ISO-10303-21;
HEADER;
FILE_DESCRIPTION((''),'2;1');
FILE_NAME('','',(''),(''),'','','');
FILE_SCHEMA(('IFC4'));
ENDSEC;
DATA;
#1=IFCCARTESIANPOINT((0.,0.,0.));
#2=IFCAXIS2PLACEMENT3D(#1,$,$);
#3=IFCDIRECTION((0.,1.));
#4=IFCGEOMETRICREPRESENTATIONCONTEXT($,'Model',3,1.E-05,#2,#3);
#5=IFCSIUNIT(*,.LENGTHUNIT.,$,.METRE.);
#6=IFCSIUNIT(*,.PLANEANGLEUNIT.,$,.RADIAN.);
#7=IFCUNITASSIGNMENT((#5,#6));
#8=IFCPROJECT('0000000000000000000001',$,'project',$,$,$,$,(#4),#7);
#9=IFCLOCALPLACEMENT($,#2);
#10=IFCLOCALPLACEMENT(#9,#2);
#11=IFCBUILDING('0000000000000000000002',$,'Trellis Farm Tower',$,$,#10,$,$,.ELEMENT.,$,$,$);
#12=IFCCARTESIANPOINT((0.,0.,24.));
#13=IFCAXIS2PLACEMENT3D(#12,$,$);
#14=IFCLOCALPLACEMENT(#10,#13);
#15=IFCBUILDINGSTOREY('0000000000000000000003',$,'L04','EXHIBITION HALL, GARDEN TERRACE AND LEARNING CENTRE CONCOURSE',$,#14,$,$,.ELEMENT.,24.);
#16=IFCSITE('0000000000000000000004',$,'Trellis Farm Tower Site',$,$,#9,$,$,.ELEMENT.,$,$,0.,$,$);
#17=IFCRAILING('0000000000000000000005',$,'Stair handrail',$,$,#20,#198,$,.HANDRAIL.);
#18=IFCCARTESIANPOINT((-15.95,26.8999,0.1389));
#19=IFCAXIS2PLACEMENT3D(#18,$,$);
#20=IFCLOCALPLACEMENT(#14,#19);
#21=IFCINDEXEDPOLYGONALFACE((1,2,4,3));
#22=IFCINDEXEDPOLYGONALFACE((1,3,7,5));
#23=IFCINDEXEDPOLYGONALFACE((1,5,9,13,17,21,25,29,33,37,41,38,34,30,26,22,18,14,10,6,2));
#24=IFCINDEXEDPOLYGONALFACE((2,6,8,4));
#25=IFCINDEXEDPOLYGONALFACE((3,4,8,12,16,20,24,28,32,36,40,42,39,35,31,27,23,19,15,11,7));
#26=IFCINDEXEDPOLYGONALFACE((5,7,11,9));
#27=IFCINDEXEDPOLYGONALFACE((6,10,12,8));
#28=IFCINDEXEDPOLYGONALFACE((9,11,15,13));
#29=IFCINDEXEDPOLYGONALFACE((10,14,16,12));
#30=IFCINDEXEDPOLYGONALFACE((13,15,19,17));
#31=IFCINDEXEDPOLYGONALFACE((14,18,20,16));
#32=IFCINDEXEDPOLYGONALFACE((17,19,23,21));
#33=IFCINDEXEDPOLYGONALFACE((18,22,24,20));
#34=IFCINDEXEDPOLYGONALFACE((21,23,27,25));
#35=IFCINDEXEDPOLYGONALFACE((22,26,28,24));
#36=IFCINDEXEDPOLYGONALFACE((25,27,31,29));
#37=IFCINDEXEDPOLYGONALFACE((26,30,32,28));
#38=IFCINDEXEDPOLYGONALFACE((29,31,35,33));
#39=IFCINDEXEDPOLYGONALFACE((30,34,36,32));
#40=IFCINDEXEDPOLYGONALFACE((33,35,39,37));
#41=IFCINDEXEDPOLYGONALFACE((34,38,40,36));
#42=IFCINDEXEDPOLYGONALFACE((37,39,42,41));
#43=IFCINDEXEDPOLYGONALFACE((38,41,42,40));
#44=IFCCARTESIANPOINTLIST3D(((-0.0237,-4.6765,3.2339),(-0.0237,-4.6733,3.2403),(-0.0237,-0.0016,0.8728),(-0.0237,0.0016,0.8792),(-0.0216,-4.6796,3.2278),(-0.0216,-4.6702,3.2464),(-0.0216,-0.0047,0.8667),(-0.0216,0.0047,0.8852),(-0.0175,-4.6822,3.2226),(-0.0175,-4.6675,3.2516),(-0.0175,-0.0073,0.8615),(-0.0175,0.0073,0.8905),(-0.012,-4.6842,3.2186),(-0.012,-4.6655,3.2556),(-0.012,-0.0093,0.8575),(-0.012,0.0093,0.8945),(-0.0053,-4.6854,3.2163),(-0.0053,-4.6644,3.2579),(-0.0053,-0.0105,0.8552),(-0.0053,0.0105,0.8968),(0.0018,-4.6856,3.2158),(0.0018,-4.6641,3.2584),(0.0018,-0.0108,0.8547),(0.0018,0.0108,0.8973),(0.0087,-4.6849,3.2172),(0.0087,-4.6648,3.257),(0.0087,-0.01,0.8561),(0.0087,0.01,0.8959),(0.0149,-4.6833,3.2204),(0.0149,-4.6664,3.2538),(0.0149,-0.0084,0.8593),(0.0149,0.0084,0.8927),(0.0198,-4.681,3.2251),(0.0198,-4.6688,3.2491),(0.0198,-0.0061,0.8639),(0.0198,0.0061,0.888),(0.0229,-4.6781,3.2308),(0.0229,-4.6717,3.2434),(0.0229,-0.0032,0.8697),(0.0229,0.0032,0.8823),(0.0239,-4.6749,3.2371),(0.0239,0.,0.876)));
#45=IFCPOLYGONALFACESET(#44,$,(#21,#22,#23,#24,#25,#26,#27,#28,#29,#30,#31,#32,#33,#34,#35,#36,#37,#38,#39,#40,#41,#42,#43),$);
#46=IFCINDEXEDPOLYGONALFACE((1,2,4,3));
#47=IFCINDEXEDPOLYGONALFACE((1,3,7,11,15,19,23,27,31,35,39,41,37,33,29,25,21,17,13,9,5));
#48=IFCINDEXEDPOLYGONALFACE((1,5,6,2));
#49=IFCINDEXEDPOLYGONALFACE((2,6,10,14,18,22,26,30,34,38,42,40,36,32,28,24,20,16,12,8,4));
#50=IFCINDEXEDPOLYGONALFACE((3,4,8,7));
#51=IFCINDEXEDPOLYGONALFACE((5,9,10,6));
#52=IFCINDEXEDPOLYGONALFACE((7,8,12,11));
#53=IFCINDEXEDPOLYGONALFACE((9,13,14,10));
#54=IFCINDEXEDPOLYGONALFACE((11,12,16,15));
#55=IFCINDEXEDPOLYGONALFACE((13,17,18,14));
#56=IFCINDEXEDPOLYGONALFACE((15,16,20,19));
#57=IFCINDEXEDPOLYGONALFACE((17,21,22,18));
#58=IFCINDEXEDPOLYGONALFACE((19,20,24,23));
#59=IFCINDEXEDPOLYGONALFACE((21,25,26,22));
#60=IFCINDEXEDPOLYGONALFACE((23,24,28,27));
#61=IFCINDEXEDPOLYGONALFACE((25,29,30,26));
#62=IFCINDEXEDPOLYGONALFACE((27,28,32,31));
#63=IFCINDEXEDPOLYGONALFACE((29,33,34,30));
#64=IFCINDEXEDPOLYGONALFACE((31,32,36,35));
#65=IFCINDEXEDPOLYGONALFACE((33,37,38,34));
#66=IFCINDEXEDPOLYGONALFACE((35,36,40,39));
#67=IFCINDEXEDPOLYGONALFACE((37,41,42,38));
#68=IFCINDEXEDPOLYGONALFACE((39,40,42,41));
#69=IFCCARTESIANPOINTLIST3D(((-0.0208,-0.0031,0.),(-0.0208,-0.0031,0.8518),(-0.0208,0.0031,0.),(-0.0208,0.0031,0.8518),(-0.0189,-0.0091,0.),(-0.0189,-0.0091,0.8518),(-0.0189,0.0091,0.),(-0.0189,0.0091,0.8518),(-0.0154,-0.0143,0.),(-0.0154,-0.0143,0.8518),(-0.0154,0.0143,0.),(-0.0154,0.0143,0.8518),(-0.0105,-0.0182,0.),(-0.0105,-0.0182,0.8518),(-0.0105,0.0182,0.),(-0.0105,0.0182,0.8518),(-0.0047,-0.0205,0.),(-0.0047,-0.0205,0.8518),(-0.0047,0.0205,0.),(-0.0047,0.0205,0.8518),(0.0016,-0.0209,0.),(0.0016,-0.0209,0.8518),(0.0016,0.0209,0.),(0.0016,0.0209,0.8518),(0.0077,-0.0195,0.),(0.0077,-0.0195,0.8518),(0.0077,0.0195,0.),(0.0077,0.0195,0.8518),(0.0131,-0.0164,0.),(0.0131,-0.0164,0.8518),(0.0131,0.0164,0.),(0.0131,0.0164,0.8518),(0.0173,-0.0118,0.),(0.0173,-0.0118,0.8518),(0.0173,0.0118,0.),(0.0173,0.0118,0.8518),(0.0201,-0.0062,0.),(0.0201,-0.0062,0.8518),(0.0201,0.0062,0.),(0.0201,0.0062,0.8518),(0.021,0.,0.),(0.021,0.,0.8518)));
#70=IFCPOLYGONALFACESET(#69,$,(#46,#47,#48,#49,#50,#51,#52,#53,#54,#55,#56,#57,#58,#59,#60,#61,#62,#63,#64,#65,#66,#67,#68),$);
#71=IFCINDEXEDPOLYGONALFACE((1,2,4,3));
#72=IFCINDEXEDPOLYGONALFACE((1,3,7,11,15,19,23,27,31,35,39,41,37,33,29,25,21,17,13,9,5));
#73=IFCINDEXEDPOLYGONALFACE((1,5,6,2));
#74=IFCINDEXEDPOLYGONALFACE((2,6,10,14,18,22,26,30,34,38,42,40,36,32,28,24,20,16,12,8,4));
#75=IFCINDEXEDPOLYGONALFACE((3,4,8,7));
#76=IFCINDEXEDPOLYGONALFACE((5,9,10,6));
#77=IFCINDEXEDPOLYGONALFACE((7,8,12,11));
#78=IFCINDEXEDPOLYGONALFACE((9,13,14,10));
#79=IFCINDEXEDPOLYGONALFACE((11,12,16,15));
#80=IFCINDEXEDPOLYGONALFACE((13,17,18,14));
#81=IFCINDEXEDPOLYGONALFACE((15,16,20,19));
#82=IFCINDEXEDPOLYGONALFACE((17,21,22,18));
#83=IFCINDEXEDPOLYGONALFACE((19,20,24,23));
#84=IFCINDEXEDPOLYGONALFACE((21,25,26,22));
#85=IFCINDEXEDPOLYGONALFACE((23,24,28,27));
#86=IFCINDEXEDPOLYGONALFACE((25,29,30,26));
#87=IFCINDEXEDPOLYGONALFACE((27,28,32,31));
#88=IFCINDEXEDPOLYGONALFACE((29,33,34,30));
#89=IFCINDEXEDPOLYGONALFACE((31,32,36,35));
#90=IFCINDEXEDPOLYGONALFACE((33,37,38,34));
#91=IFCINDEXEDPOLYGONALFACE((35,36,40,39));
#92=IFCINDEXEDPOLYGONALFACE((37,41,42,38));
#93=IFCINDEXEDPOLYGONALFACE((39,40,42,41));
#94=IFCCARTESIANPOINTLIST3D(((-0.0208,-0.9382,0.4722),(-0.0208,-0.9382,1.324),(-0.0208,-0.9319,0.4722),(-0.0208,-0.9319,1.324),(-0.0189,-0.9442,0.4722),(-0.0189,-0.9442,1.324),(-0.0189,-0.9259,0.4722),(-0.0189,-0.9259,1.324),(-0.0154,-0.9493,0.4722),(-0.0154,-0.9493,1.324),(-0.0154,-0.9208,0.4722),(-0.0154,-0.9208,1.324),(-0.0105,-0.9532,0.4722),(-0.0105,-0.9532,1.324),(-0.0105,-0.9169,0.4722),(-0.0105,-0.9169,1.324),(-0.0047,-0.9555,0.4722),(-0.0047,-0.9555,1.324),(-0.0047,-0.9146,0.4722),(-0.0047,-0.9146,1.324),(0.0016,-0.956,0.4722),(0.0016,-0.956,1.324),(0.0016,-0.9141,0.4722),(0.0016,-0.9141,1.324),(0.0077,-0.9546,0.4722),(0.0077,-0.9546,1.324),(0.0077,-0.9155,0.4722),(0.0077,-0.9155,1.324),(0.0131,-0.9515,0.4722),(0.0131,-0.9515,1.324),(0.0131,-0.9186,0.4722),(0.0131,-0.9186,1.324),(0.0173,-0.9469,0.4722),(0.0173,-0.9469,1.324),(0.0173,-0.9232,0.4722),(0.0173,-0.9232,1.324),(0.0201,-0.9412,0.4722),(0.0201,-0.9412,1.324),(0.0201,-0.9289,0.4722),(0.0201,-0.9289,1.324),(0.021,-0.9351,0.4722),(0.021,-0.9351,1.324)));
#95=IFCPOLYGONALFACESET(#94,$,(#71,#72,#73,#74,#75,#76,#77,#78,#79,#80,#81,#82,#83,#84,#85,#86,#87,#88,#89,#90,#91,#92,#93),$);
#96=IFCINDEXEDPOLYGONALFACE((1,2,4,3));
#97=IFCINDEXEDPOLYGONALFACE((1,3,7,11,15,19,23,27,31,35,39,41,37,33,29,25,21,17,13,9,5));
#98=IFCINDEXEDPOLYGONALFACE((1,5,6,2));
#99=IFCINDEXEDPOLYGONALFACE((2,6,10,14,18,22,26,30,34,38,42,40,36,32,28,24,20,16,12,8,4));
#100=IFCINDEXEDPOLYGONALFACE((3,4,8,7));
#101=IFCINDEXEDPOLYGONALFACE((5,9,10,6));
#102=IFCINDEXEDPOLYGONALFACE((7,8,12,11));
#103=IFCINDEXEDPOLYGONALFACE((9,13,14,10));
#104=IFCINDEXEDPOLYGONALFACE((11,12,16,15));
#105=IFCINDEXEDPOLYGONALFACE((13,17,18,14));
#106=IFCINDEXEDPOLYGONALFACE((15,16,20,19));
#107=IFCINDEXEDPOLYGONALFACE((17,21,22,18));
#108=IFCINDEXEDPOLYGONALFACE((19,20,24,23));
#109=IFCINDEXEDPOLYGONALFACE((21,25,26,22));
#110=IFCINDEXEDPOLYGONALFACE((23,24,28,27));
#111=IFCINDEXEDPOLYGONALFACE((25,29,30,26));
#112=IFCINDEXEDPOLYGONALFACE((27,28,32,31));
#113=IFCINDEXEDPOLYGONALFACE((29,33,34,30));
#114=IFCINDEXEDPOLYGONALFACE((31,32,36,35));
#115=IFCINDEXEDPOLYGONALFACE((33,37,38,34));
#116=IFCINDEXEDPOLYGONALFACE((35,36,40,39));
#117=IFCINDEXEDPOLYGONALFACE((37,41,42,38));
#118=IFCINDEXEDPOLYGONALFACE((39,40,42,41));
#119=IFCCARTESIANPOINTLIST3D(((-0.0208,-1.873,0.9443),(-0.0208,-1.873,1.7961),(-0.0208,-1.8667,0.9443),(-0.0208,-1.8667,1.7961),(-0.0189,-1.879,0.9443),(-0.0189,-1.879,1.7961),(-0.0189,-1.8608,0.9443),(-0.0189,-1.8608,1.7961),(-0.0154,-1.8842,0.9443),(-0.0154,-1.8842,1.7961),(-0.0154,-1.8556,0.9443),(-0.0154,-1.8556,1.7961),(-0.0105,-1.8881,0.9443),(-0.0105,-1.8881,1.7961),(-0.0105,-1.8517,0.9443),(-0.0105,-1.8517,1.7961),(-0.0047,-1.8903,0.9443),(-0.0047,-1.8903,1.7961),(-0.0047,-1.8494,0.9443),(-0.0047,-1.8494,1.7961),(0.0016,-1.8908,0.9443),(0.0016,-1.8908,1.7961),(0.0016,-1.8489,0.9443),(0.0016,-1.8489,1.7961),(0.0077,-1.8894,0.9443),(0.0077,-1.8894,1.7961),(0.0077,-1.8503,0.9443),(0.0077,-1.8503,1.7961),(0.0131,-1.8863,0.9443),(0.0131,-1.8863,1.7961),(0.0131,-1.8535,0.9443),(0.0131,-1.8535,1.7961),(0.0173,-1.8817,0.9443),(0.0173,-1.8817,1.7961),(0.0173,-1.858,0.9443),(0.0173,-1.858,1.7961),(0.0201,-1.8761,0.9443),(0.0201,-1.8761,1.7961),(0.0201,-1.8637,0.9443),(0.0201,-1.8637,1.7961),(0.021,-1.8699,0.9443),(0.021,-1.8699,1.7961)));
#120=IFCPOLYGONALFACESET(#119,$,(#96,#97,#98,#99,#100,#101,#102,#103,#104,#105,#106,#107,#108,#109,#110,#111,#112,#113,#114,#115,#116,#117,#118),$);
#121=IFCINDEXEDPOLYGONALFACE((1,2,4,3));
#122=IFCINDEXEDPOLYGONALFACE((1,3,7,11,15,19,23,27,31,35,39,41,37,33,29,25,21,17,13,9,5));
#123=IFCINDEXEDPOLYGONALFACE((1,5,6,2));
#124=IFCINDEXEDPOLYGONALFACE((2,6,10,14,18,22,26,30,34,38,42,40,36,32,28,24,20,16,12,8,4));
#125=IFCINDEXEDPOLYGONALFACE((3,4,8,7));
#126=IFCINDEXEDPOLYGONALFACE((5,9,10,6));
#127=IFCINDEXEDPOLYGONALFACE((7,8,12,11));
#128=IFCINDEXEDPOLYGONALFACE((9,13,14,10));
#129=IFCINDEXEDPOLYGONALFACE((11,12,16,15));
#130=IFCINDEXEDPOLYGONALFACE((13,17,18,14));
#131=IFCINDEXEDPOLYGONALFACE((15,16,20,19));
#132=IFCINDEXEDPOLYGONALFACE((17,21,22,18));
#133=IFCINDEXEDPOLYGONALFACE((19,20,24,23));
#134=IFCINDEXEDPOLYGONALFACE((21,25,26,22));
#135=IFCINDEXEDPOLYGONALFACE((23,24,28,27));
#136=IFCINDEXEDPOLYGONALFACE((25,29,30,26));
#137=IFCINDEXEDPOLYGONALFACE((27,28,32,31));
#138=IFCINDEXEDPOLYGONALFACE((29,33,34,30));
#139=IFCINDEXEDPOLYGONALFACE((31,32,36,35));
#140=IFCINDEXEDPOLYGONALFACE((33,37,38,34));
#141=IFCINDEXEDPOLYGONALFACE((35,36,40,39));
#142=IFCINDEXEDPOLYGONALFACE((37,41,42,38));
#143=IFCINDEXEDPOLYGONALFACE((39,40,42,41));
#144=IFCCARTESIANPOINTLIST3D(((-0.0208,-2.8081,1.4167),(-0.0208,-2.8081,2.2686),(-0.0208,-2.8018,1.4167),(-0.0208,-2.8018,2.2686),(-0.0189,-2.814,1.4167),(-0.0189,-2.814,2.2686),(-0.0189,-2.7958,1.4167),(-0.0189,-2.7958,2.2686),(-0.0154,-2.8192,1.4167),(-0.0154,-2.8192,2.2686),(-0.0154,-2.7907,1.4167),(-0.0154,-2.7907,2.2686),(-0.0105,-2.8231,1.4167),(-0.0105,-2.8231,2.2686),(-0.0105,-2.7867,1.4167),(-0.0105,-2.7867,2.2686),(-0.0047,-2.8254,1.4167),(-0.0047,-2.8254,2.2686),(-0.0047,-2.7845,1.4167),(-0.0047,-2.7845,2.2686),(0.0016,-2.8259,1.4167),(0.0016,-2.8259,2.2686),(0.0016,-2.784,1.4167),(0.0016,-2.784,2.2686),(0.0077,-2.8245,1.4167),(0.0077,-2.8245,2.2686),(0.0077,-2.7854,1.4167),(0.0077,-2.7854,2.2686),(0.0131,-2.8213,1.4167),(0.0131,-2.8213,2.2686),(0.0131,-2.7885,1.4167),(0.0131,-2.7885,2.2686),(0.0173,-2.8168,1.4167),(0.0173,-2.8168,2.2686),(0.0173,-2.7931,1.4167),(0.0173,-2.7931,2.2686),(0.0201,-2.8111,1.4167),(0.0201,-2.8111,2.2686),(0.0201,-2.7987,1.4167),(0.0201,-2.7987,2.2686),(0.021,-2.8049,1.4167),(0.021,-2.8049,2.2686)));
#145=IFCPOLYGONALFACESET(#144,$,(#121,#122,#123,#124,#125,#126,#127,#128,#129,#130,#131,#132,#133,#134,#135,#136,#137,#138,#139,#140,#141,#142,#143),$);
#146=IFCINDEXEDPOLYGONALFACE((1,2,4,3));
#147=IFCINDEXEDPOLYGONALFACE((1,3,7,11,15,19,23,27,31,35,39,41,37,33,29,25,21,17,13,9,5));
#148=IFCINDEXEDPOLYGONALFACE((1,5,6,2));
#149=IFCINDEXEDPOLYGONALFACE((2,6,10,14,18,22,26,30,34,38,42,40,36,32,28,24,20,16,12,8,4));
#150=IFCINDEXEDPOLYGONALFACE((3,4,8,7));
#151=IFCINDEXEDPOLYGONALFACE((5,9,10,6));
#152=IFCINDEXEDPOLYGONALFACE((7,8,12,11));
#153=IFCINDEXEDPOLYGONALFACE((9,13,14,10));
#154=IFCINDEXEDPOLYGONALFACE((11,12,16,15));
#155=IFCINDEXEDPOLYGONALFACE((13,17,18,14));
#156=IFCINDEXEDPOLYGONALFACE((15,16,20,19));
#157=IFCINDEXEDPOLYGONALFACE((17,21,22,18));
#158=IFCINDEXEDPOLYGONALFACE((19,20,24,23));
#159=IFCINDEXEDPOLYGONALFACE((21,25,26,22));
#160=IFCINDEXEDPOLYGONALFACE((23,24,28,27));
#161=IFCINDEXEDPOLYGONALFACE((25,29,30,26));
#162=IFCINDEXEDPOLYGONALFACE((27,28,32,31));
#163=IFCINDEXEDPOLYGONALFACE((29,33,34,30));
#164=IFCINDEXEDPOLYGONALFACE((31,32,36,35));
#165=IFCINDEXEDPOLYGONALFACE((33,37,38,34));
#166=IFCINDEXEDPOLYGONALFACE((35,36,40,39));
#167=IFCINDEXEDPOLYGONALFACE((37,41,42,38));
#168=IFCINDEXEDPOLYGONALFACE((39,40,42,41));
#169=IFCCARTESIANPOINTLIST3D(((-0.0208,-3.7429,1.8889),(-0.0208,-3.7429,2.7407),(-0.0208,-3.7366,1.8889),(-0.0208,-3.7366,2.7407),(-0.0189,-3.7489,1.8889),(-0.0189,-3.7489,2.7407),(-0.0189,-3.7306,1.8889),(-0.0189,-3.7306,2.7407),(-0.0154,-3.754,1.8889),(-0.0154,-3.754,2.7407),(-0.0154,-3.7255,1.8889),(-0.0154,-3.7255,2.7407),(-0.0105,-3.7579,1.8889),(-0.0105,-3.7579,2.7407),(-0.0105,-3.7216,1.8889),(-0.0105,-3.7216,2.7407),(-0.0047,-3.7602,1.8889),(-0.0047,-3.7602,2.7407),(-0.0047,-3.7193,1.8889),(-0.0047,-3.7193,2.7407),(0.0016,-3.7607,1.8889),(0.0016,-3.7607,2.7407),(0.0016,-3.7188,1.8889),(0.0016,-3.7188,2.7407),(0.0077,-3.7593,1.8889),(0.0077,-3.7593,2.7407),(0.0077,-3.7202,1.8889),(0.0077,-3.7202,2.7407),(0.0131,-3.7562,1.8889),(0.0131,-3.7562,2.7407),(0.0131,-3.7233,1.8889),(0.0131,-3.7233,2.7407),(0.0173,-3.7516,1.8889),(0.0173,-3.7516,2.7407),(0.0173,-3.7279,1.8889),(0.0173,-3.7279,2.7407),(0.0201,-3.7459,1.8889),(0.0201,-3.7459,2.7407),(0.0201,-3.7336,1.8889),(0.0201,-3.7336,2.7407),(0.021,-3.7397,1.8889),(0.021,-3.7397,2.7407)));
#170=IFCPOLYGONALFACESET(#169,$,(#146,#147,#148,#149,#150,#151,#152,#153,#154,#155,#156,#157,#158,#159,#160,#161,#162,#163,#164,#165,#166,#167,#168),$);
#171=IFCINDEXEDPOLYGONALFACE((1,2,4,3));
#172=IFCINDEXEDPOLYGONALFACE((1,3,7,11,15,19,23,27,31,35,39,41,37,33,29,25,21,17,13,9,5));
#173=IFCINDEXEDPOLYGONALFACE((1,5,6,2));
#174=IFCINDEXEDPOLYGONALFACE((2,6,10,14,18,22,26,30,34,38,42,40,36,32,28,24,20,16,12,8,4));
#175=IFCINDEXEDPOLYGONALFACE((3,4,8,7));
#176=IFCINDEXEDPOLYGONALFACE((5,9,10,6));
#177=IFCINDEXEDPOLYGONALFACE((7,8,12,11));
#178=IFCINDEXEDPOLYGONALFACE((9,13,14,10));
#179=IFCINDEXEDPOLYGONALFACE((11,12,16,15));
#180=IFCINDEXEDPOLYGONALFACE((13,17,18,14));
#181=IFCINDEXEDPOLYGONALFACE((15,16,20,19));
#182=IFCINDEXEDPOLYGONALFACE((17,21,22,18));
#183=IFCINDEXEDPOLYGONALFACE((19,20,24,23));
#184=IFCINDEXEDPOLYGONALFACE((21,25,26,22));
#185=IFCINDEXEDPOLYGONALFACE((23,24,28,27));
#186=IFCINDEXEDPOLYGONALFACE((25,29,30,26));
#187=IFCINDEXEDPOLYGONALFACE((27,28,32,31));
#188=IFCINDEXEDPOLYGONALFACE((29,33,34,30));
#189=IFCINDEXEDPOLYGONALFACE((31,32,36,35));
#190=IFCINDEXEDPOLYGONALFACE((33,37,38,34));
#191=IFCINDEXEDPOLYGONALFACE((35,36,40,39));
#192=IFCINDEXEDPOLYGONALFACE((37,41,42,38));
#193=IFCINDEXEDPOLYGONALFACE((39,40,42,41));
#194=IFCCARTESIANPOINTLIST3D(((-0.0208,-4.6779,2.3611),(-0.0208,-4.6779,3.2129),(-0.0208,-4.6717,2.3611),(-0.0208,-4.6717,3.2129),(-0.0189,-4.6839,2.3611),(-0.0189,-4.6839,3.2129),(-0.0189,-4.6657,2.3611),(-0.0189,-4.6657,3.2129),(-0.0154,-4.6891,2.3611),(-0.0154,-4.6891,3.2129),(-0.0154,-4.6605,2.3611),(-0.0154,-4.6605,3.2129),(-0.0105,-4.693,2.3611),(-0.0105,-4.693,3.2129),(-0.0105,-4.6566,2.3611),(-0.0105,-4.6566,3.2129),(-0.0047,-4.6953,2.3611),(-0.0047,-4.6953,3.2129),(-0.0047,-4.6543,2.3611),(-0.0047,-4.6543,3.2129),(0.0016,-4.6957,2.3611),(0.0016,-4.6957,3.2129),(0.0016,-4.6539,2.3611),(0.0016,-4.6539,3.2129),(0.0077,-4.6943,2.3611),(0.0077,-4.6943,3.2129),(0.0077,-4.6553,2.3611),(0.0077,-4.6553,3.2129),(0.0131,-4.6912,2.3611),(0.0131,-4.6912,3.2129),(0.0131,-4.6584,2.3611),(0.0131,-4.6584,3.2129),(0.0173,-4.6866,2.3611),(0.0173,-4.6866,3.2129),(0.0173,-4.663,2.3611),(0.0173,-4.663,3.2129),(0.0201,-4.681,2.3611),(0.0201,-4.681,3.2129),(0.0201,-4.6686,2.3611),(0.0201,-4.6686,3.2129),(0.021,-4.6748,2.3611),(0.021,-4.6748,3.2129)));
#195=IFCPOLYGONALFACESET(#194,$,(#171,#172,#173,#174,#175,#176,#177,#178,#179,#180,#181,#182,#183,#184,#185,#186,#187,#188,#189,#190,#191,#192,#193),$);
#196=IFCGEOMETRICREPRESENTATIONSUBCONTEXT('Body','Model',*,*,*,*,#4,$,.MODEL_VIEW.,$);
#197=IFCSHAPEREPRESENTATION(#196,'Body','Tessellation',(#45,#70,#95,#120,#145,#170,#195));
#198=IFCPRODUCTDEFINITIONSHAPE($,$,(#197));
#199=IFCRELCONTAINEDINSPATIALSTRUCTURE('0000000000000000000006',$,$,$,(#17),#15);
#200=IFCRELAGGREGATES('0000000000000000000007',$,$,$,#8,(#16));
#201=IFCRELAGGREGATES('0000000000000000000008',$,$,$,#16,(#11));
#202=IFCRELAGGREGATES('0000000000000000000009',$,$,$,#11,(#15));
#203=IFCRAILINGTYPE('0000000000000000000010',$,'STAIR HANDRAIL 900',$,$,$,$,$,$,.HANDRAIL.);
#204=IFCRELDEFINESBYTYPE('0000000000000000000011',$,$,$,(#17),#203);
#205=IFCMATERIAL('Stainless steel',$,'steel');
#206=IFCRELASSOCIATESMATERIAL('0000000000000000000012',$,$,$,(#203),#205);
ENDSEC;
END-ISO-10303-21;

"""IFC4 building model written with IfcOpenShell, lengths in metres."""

from ifc_helpers import new_model, si_unit, direction, frame, origin, origin_2d, place, context, subcontext, project, spatial, circle, extrude, source, transform, mapped, material, type_object, element, save


model = new_model("IFC4")

# Units and contexts
model_context = context("Model", 3, precision=1e-05, world=origin(), true_north=direction((0.0, 1.0)))
body_context = subcontext(model_context, "Body", "Model", "MODEL_VIEW")
ifc_project = project(units=[si_unit("LENGTHUNIT", "METRE"), si_unit("PLANEANGLEUNIT", "RADIAN")], contexts=[model_context])

# Site, building, storey
site_placement = place(None, origin())
site = spatial("IfcSite", under=ifc_project, at=site_placement, Name="Trellis Farm Tower Site", CompositionType="ELEMENT", RefElevation=0.0)
building_placement = place(site_placement, origin())
building = spatial("IfcBuilding", under=site, at=building_placement, Name="Trellis Farm Tower", CompositionType="ELEMENT")
storey_placement = place(building_placement, frame((0.0, 0.0, 24.0)))
storey = spatial("IfcBuildingStorey", under=building, at=storey_placement, Name="L04", Description="EXHIBITION HALL, GARDEN TERRACE AND LEARNING CENTRE CONCOURSE", CompositionType="ELEMENT", Elevation=24.0)

# Railing
ifc_material_1 = material(Name="Stainless steel", Category="steel")
railing_type = type_object("IfcRailingType", Name="STAIR HANDRAIL 900", PredefinedType="HANDRAIL", material=ifc_material_1)
shared_shape_1 = source(origin(), body_context, "Body", "SweptSolid", [
    extrude(circle(Radius=0.0239, at=origin_2d()), frame((0.0, 0.0, 0.876), z_axis=(0.0, -0.892611, 0.450827), x_axis=(1.0, 0.0, 0.0)), (0.0, 0.0, 1.0), 5.2373),
    extrude(circle(Radius=0.021, at=origin_2d()), origin(), (0.0, 0.0, 1.0), 0.8518),
    extrude(circle(Radius=0.021, at=origin_2d()), frame((0.0, -0.9351, 0.4722)), (0.0, 0.0, 1.0), 0.8518),
    extrude(circle(Radius=0.021, at=origin_2d()), frame((0.0, -1.8699, 0.9443)), (0.0, 0.0, 1.0), 0.8518),
    extrude(circle(Radius=0.021, at=origin_2d()), frame((0.0, -2.8049, 1.4167)), (0.0, 0.0, 1.0), 0.8518),
    extrude(circle(Radius=0.021, at=origin_2d()), frame((0.0, -3.7397, 1.8889)), (0.0, 0.0, 1.0), 0.8518),
    extrude(circle(Radius=0.021, at=origin_2d()), frame((0.0, -4.6748, 2.3611)), (0.0, 0.0, 1.0), 0.8518),
])
for number, where, name in (
    (1, (-15.95, 26.8999, 0.1389), "Stair handrail"),
):
    element("IfcRailing", number, at=place(storey_placement, frame(where)), inside=storey, type_object=railing_type, Name=name, PredefinedType="HANDRAIL", context=body_context, shape_type="MappedRepresentation", body=[
        mapped(shared_shape_1, transform((0.0, 0.0, 0.0))),
    ])

save(model, "model.ifc")
